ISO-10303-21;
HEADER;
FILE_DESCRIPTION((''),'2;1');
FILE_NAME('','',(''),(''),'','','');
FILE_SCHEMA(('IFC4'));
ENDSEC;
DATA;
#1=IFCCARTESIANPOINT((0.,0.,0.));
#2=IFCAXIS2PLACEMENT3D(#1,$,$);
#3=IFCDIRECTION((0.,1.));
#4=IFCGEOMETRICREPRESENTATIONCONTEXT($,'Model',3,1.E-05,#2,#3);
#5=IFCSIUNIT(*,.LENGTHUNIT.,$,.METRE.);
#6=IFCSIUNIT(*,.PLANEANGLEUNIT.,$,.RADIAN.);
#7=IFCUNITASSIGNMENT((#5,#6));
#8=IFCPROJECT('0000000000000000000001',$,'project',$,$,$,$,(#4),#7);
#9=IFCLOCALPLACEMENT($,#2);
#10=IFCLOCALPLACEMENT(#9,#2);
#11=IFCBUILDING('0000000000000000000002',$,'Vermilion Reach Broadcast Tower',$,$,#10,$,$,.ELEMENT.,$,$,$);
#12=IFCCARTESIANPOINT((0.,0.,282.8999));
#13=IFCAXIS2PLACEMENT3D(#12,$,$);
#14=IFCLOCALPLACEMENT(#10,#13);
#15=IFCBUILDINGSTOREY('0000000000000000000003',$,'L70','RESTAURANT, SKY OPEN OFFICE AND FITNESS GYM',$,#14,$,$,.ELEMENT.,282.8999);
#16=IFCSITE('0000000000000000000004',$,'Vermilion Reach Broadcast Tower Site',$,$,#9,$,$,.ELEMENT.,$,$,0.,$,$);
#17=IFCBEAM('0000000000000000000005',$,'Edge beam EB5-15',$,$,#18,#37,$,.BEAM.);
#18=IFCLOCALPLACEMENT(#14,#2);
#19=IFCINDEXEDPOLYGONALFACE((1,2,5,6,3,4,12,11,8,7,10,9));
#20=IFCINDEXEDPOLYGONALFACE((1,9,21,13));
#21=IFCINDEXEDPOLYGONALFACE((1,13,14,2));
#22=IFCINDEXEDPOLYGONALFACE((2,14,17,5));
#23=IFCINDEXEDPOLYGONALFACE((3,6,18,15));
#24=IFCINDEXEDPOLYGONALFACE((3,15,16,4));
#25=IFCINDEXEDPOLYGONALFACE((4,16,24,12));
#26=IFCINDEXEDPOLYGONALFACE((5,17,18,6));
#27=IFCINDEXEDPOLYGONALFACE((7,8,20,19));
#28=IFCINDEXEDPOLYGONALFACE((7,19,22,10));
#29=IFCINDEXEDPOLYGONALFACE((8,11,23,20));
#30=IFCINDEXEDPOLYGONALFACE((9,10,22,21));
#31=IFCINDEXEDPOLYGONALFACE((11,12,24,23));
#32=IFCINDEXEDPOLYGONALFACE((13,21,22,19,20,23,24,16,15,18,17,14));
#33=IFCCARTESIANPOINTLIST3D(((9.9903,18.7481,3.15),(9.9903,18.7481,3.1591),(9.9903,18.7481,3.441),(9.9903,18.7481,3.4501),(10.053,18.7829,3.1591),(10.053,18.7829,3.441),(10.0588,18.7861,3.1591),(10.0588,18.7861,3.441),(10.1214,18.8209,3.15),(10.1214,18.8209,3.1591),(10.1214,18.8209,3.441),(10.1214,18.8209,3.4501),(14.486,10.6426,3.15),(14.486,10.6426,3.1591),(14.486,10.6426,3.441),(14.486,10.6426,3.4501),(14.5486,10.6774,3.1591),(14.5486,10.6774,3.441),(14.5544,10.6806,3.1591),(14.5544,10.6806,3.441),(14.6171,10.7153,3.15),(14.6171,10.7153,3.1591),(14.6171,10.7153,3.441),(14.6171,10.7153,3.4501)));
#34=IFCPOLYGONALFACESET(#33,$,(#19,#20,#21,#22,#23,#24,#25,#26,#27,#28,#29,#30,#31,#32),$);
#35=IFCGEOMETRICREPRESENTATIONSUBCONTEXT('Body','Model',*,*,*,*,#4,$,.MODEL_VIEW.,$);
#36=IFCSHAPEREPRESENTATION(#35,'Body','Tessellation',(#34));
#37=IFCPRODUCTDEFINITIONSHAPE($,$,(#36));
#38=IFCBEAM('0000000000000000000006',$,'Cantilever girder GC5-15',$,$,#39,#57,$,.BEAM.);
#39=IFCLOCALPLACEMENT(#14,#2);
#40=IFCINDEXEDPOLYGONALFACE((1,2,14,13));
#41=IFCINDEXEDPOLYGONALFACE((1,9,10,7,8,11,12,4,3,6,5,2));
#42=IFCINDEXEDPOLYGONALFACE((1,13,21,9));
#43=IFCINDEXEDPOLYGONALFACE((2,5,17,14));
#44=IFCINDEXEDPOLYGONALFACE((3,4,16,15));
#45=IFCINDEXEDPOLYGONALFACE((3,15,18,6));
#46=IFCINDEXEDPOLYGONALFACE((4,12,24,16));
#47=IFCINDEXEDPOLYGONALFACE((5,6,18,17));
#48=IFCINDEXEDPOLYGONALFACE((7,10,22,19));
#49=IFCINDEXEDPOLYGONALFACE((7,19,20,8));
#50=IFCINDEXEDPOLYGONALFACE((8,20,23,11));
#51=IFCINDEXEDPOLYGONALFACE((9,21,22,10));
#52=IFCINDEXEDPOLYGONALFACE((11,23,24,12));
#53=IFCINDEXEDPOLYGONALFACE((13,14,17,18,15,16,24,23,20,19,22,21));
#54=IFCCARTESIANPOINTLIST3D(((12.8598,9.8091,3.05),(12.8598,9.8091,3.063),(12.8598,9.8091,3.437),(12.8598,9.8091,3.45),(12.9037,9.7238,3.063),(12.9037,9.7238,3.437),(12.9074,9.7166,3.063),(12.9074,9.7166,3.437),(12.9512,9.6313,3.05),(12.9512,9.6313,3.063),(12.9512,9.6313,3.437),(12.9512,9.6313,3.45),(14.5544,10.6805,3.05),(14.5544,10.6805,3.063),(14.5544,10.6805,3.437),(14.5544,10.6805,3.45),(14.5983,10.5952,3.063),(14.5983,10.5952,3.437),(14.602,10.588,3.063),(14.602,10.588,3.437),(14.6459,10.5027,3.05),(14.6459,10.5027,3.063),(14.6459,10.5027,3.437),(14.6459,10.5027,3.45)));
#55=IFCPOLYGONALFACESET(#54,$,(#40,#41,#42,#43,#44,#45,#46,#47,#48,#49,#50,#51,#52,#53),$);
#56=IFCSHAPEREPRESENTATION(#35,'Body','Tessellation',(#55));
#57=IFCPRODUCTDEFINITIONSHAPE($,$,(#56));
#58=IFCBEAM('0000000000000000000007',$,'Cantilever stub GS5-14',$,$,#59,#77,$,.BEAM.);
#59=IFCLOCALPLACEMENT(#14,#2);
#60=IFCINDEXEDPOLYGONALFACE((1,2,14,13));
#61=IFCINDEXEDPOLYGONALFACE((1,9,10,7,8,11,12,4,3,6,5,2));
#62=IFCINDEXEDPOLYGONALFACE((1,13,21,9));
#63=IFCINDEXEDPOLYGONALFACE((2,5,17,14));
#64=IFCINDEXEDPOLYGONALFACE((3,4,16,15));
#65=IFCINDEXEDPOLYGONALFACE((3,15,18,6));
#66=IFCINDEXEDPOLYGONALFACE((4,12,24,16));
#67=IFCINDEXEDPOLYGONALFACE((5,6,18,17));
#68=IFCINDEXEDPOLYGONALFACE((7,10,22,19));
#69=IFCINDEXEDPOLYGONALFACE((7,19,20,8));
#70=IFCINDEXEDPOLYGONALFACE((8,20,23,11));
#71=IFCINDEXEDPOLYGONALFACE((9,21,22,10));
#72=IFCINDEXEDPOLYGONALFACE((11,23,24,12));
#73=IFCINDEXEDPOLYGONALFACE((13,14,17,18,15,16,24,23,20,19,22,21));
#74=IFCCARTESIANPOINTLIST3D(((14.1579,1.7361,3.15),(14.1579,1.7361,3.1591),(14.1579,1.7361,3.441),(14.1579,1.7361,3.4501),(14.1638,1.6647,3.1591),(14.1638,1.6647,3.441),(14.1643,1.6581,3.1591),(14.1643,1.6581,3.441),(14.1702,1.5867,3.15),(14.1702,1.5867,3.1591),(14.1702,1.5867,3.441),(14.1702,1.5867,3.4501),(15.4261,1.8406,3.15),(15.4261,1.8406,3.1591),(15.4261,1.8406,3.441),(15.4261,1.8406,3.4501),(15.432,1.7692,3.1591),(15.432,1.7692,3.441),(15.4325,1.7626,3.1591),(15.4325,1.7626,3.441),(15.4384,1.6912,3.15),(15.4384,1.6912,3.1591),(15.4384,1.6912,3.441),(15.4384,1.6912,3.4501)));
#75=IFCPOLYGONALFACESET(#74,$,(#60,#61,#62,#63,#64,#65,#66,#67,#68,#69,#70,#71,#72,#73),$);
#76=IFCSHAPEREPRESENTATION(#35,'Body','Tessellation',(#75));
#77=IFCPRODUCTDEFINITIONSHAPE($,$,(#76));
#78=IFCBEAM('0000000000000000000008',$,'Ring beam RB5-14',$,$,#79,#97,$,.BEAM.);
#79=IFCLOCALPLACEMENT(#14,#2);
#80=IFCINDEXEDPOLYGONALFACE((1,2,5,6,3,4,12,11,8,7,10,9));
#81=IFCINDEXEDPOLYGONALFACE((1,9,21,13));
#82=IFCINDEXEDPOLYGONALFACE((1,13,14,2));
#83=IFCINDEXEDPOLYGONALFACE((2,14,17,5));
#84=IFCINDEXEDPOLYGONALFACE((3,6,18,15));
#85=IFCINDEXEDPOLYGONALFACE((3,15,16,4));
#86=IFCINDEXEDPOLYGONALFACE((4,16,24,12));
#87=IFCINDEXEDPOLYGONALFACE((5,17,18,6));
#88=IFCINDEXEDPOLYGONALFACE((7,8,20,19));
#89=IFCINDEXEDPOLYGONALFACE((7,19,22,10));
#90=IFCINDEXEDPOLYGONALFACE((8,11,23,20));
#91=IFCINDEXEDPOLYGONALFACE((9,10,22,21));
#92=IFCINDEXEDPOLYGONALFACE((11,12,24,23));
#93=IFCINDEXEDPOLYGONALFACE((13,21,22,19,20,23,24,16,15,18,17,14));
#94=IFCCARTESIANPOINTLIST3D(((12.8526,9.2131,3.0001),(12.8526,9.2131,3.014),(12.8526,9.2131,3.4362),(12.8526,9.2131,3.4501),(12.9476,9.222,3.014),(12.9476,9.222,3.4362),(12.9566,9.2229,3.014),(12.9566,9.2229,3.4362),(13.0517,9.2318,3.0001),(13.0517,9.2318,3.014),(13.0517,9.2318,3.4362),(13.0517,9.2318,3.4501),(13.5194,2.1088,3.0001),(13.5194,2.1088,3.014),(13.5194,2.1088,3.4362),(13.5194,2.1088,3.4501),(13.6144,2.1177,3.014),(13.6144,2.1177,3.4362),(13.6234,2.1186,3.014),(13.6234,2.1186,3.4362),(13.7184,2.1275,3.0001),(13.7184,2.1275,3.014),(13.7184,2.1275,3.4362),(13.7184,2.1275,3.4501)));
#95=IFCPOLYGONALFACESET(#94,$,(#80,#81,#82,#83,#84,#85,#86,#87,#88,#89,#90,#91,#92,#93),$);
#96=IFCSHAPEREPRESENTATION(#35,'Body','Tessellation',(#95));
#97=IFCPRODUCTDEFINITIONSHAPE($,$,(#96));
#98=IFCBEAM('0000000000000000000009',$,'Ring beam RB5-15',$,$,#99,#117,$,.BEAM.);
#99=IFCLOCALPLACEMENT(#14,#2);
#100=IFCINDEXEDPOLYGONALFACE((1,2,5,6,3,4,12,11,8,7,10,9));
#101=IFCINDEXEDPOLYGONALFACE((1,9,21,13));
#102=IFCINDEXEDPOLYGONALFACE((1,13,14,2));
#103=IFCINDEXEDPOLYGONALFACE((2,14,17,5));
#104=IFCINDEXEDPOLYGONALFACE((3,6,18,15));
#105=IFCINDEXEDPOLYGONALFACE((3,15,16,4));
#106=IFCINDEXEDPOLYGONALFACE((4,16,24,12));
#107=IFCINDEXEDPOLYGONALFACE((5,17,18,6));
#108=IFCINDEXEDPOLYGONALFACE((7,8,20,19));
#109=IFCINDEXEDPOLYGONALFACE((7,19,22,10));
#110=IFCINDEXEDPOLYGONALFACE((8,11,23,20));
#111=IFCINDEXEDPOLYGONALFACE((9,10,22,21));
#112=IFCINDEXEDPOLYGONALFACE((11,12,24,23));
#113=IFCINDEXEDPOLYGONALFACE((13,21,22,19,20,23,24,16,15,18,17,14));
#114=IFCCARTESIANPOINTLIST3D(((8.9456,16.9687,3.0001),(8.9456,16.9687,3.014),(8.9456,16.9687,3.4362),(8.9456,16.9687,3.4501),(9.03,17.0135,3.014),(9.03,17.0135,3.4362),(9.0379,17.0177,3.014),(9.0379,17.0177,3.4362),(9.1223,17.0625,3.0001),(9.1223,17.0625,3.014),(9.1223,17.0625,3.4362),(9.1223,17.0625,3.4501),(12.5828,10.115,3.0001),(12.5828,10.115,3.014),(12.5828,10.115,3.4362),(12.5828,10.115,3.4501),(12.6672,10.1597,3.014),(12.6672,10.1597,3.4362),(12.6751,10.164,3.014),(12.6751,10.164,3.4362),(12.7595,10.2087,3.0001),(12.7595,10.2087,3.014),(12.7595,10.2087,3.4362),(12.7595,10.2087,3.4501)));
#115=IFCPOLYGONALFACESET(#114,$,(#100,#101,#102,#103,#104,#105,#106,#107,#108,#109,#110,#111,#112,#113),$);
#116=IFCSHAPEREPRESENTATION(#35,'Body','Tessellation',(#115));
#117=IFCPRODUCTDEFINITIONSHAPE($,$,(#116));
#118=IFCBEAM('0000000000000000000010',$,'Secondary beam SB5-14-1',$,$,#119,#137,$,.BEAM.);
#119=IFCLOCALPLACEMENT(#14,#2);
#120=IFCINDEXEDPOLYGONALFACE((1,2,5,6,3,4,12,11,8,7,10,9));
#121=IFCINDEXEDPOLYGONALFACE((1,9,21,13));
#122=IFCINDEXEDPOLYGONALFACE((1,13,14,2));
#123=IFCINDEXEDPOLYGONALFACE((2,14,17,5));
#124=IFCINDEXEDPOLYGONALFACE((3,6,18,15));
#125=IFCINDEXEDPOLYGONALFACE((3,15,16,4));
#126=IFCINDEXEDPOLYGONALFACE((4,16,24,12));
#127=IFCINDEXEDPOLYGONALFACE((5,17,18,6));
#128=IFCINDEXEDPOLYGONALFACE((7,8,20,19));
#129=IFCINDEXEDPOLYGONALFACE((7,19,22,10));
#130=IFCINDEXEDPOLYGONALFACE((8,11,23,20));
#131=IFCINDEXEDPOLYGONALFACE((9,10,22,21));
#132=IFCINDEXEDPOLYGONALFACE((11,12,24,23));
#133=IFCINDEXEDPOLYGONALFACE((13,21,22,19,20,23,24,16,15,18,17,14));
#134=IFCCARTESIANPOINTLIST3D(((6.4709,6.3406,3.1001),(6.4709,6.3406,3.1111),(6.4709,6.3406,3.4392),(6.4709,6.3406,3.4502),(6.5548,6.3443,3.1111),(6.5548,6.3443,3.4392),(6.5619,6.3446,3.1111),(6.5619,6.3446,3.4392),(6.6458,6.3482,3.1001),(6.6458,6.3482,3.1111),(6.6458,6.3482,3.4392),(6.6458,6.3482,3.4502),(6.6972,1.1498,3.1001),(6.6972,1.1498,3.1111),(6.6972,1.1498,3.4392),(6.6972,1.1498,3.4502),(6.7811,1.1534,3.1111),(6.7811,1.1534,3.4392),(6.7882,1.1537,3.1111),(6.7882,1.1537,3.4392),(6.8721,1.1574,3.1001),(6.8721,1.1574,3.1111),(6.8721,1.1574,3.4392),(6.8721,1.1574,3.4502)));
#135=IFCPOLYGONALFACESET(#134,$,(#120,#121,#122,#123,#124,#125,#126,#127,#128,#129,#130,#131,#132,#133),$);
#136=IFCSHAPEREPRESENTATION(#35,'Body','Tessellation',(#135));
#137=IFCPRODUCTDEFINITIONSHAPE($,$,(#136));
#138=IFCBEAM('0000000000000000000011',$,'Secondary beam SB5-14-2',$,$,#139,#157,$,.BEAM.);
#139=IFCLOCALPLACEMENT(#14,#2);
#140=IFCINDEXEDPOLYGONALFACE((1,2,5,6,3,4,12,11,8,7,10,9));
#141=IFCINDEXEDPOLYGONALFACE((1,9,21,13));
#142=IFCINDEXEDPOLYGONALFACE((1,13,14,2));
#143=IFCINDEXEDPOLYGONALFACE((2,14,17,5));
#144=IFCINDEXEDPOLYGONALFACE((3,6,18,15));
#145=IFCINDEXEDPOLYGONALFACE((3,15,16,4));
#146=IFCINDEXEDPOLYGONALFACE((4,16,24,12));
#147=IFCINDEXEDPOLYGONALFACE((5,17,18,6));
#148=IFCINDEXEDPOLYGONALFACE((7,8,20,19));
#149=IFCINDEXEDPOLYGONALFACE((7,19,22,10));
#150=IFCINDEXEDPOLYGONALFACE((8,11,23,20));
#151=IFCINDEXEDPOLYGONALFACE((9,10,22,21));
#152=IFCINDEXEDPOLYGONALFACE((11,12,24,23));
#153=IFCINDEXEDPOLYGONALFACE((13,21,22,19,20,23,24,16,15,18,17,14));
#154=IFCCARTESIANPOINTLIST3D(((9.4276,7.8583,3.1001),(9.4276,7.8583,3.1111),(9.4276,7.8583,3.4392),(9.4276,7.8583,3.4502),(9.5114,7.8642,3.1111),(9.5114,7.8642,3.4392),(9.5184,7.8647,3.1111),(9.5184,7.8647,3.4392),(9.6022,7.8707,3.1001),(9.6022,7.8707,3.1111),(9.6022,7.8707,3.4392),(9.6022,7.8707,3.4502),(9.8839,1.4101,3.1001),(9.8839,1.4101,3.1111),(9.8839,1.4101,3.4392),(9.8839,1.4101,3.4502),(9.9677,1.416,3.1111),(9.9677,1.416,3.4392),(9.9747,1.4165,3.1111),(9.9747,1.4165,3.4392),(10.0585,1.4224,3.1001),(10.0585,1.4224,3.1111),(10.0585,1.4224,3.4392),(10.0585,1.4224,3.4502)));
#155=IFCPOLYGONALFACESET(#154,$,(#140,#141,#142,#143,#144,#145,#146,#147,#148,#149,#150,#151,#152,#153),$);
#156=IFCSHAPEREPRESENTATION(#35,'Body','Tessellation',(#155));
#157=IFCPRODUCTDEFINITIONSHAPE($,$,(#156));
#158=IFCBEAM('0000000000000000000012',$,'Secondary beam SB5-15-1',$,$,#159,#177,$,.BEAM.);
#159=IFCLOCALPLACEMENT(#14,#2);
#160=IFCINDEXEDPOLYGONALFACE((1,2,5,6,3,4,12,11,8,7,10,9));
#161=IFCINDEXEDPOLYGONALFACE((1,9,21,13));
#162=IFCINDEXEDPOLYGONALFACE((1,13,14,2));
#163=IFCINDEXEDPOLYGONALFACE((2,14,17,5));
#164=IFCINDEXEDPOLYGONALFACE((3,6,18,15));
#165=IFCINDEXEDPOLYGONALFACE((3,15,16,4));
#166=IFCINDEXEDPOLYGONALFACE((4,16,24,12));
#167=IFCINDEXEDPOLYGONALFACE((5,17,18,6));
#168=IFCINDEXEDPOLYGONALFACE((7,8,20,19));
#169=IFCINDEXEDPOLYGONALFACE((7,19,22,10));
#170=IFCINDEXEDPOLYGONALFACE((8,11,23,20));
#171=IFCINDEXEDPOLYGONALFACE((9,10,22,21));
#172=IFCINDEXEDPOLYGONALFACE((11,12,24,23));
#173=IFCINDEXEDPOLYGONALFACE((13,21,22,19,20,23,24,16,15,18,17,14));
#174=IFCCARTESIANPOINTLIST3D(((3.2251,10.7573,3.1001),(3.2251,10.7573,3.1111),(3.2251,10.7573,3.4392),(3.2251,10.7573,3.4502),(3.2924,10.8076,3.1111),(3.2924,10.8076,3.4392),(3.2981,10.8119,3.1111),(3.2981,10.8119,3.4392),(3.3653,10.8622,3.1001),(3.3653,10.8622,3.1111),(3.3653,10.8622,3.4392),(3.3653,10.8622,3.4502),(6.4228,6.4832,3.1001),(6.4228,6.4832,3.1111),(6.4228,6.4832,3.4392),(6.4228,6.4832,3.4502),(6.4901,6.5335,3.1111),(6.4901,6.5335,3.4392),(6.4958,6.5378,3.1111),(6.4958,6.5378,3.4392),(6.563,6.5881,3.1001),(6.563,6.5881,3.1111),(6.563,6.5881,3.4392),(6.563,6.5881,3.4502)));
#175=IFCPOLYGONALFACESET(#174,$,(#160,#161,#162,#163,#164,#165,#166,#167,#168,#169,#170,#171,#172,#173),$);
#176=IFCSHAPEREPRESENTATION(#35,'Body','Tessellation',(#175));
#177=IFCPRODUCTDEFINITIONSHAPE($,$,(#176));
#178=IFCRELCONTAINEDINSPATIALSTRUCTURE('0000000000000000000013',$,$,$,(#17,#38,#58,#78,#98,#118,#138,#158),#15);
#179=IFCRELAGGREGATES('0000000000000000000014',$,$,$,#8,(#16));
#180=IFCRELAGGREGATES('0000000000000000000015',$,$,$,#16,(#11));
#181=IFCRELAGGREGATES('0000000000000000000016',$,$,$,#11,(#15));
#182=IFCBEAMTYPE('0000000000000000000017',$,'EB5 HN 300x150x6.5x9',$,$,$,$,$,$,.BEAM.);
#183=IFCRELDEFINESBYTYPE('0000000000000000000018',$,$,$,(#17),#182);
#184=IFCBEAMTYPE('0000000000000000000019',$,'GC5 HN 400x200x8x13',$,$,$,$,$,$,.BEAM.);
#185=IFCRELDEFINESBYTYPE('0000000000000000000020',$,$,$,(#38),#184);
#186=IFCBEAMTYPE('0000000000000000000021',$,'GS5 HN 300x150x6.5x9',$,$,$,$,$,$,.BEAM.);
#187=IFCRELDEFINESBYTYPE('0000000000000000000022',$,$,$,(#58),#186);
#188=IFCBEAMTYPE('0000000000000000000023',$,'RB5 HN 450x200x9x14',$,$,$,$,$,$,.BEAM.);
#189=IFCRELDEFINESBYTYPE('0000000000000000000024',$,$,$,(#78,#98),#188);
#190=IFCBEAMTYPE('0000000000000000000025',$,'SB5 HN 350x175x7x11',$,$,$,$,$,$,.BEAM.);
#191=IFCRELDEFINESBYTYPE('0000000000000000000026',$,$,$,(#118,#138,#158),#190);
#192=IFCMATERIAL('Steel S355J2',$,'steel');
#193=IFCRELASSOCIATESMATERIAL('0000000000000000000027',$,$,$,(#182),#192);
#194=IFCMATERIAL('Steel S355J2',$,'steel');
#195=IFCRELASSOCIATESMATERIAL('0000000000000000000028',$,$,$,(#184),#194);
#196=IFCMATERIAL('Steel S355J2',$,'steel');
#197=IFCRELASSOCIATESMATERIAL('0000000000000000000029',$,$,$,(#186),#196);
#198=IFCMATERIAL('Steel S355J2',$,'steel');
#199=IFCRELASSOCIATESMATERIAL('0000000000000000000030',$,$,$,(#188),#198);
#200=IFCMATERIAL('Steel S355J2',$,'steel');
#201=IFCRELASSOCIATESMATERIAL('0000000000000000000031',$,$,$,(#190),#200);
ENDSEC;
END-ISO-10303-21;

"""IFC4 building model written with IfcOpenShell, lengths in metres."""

from ifc_helpers import new_model, si_unit, direction, frame, origin, origin_2d, place, context, subcontext, project, spatial, i_section, extrude, material, material_profile, profile_set, type_object, element, save


model = new_model("IFC4")

# Units and contexts
model_context = context("Model", 3, precision=1e-05, world=origin(), true_north=direction((0.0, 1.0)))
body_context = subcontext(model_context, "Body", "Model", "MODEL_VIEW")
ifc_project = project(units=[si_unit("LENGTHUNIT", "METRE"), si_unit("PLANEANGLEUNIT", "RADIAN")], contexts=[model_context])

# Site, building, storey
site_placement = place(None, origin())
site = spatial("IfcSite", under=ifc_project, at=site_placement, Name="Vermilion Reach Broadcast Tower Site", CompositionType="ELEMENT", RefElevation=0.0)
building_placement = place(site_placement, origin())
building = spatial("IfcBuilding", under=site, at=building_placement, Name="Vermilion Reach Broadcast Tower", CompositionType="ELEMENT")
storey_placement = place(building_placement, frame((0.0, 0.0, 282.8999)))
storey = spatial("IfcBuildingStorey", under=building, at=storey_placement, Name="L70", Description="RESTAURANT, SKY OPEN OFFICE AND FITNESS GYM", CompositionType="ELEMENT", Elevation=282.8999)

# Beams
ifc_material_1 = material(Name="Steel S355J2", Category="steel")
ifc_material_profile_1 = material_profile(ifc_material_1, i_section(OverallWidth=0.1499, OverallDepth=0.3, WebThickness=0.0066, FlangeThickness=0.009, at=origin_2d()), Name="S355J2 HN 300x150x6.5x9")
ifc_profile_set_1 = profile_set([ifc_material_profile_1], Name="Steel S355J2")
beam_type_1 = type_object("IfcBeamType", Name="EB5 HN 300x150x6.5x9", PredefinedType="BEAM", material=ifc_profile_set_1)
beam_1_placement = place(storey_placement, frame((14.5515, 10.679, 3.3), z_axis=(-0.48503, 0.874497, 0.0), x_axis=(-0.874497, -0.48503, 0.0)))
element("IfcBeam", 1, at=beam_1_placement, inside=storey, type_object=beam_type_1, Name="Edge beam EB5-15", PredefinedType="BEAM", context=body_context, shape_type="SweptSolid", body=[
    extrude(i_section(OverallWidth=0.1499, OverallDepth=0.3, WebThickness=0.0066, FlangeThickness=0.009, at=origin_2d()), origin(), (0.0, 0.0, 1.0), 9.2688),
])
ifc_material_2 = material(Name="Steel S355J2", Category="steel")
ifc_material_profile_2 = material_profile(ifc_material_2, i_section(OverallWidth=0.2, OverallDepth=0.3999, WebThickness=0.0081, FlangeThickness=0.0129, at=origin_2d()), Name="S355J2 HN 400x200x8x13")
ifc_profile_set_2 = profile_set([ifc_material_profile_2], Name="Steel S355J2")
beam_type_2 = type_object("IfcBeamType", Name="GC5 HN 400x200x8x13", PredefinedType="BEAM", material=ifc_profile_set_2)
beam_2_placement = place(storey_placement, frame((12.9055, 9.7202, 3.25), z_axis=(0.889322, 0.457281, 0.0), x_axis=(-0.457281, 0.889322, 0.0)))
element("IfcBeam", 2, at=beam_2_placement, inside=storey, type_object=beam_type_2, Name="Cantilever girder GC5-15", PredefinedType="BEAM", context=body_context, shape_type="SweptSolid", body=[
    extrude(i_section(OverallWidth=0.2, OverallDepth=0.3999, WebThickness=0.0081, FlangeThickness=0.0129, at=origin_2d()), origin(), (0.0, 0.0, 1.0), 1.9055),
])
ifc_material_3 = material(Name="Steel S355J2", Category="steel")
ifc_material_profile_3 = material_profile(ifc_material_3, i_section(OverallWidth=0.1499, OverallDepth=0.3, WebThickness=0.0066, FlangeThickness=0.009, at=origin_2d()), Name="S355J2 HN 300x150x6.5x9")
ifc_profile_set_3 = profile_set([ifc_material_profile_3], Name="Steel S355J2")
beam_type_3 = type_object("IfcBeamType", Name="GS5 HN 300x150x6.5x9", PredefinedType="BEAM", material=ifc_profile_set_3)
beam_3_placement = place(storey_placement, frame((14.1641, 1.6614, 3.3), z_axis=(0.996622, 0.082124, 0.0), x_axis=(-0.082124, 0.996622, 0.0)))
element("IfcBeam", 3, at=beam_3_placement, inside=storey, type_object=beam_type_3, Name="Cantilever stub GS5-14", PredefinedType="BEAM", context=body_context, shape_type="SweptSolid", body=[
    extrude(i_section(OverallWidth=0.1499, OverallDepth=0.3, WebThickness=0.0066, FlangeThickness=0.009, at=origin_2d()), origin(), (0.0, 0.0, 1.0), 1.2725),
])
ifc_material_4 = material(Name="Steel S355J2", Category="steel")
ifc_material_profile_4 = material_profile(ifc_material_4, i_section(OverallWidth=0.2, OverallDepth=0.45, WebThickness=0.009, FlangeThickness=0.0139, at=origin_2d()), Name="S355J2 HN 450x200x9x14")
ifc_profile_set_4 = profile_set([ifc_material_profile_4], Name="Steel S355J2")
beam_type_4 = type_object("IfcBeamType", Name="RB5 HN 450x200x9x14", PredefinedType="BEAM", material=ifc_profile_set_4)
beam_4_placement = place(storey_placement, frame((13.6189, 2.1182, 3.2251), z_axis=(-0.093441, 0.995625, 0.0), x_axis=(-0.995625, -0.093441, 0.0)))
element("IfcBeam", 4, at=beam_4_placement, inside=storey, type_object=beam_type_4, Name="Ring beam RB5-14", PredefinedType="BEAM", context=body_context, shape_type="SweptSolid", body=[
    extrude(i_section(OverallWidth=0.2, OverallDepth=0.45, WebThickness=0.009, FlangeThickness=0.0139, at=origin_2d()), origin(), (0.0, 0.0, 1.0), 7.1355),
])
beam_5_placement = place(storey_placement, frame((12.6711, 10.1619, 3.2251), z_axis=(-0.468768, 0.883321, 0.0), x_axis=(-0.883321, -0.468768, 0.0)))
element("IfcBeam", 5, at=beam_5_placement, inside=storey, type_object=beam_type_4, Name="Ring beam RB5-15", PredefinedType="BEAM", context=body_context, shape_type="SweptSolid", body=[
    extrude(i_section(OverallWidth=0.2, OverallDepth=0.45, WebThickness=0.009, FlangeThickness=0.0139, at=origin_2d()), origin(), (0.0, 0.0, 1.0), 7.759),
])
ifc_material_5 = material(Name="Steel S355J2", Category="steel")
ifc_material_profile_5 = material_profile(ifc_material_5, i_section(OverallWidth=0.175, OverallDepth=0.3501, WebThickness=0.0071, FlangeThickness=0.011, at=origin_2d()), Name="S355J2 HN 350x175x7x11")
ifc_profile_set_5 = profile_set([ifc_material_profile_5], Name="Steel S355J2")
beam_type_5 = type_object("IfcBeamType", Name="SB5 HN 350x175x7x11", PredefinedType="BEAM", material=ifc_profile_set_5)
beam_6_placement = place(storey_placement, frame((6.7847, 1.1536, 3.2751), z_axis=(-0.043558, 0.999051, 0.0), x_axis=(-0.999051, -0.043558, 0.0)))
element("IfcBeam", 6, at=beam_6_placement, inside=storey, type_object=beam_type_5, Name="Secondary beam SB5-14-1", PredefinedType="BEAM", context=body_context, shape_type="SweptSolid", body=[
    extrude(i_section(OverallWidth=0.175, OverallDepth=0.3501, WebThickness=0.0071, FlangeThickness=0.011, at=origin_2d()), origin(), (0.0, 0.0, 1.0), 5.1958),
])
beam_7_placement = place(storey_placement, frame((9.9712, 1.4163, 3.2751), z_axis=(-0.070587, 0.997506, 0.0), x_axis=(-0.997506, -0.070587, 0.0)))
element("IfcBeam", 7, at=beam_7_placement, inside=storey, type_object=beam_type_5, Name="Secondary beam SB5-14-2", PredefinedType="BEAM", context=body_context, shape_type="SweptSolid", body=[
    extrude(i_section(OverallWidth=0.175, OverallDepth=0.3501, WebThickness=0.0071, FlangeThickness=0.011, at=origin_2d()), origin(), (0.0, 0.0, 1.0), 6.4644),
])
beam_8_placement = place(storey_placement, frame((6.4929, 6.5356, 3.2751), z_axis=(-0.599056, 0.800707, 0.0), x_axis=(-0.800707, -0.599056, 0.0)))
element("IfcBeam", 8, at=beam_8_placement, inside=storey, type_object=beam_type_5, Name="Secondary beam SB5-15-1", PredefinedType="BEAM", context=body_context, shape_type="SweptSolid", body=[
    extrude(i_section(OverallWidth=0.175, OverallDepth=0.3501, WebThickness=0.0071, FlangeThickness=0.011, at=origin_2d()), origin(), (0.0, 0.0, 1.0), 5.3379),
])

save(model, "model.ifc")
